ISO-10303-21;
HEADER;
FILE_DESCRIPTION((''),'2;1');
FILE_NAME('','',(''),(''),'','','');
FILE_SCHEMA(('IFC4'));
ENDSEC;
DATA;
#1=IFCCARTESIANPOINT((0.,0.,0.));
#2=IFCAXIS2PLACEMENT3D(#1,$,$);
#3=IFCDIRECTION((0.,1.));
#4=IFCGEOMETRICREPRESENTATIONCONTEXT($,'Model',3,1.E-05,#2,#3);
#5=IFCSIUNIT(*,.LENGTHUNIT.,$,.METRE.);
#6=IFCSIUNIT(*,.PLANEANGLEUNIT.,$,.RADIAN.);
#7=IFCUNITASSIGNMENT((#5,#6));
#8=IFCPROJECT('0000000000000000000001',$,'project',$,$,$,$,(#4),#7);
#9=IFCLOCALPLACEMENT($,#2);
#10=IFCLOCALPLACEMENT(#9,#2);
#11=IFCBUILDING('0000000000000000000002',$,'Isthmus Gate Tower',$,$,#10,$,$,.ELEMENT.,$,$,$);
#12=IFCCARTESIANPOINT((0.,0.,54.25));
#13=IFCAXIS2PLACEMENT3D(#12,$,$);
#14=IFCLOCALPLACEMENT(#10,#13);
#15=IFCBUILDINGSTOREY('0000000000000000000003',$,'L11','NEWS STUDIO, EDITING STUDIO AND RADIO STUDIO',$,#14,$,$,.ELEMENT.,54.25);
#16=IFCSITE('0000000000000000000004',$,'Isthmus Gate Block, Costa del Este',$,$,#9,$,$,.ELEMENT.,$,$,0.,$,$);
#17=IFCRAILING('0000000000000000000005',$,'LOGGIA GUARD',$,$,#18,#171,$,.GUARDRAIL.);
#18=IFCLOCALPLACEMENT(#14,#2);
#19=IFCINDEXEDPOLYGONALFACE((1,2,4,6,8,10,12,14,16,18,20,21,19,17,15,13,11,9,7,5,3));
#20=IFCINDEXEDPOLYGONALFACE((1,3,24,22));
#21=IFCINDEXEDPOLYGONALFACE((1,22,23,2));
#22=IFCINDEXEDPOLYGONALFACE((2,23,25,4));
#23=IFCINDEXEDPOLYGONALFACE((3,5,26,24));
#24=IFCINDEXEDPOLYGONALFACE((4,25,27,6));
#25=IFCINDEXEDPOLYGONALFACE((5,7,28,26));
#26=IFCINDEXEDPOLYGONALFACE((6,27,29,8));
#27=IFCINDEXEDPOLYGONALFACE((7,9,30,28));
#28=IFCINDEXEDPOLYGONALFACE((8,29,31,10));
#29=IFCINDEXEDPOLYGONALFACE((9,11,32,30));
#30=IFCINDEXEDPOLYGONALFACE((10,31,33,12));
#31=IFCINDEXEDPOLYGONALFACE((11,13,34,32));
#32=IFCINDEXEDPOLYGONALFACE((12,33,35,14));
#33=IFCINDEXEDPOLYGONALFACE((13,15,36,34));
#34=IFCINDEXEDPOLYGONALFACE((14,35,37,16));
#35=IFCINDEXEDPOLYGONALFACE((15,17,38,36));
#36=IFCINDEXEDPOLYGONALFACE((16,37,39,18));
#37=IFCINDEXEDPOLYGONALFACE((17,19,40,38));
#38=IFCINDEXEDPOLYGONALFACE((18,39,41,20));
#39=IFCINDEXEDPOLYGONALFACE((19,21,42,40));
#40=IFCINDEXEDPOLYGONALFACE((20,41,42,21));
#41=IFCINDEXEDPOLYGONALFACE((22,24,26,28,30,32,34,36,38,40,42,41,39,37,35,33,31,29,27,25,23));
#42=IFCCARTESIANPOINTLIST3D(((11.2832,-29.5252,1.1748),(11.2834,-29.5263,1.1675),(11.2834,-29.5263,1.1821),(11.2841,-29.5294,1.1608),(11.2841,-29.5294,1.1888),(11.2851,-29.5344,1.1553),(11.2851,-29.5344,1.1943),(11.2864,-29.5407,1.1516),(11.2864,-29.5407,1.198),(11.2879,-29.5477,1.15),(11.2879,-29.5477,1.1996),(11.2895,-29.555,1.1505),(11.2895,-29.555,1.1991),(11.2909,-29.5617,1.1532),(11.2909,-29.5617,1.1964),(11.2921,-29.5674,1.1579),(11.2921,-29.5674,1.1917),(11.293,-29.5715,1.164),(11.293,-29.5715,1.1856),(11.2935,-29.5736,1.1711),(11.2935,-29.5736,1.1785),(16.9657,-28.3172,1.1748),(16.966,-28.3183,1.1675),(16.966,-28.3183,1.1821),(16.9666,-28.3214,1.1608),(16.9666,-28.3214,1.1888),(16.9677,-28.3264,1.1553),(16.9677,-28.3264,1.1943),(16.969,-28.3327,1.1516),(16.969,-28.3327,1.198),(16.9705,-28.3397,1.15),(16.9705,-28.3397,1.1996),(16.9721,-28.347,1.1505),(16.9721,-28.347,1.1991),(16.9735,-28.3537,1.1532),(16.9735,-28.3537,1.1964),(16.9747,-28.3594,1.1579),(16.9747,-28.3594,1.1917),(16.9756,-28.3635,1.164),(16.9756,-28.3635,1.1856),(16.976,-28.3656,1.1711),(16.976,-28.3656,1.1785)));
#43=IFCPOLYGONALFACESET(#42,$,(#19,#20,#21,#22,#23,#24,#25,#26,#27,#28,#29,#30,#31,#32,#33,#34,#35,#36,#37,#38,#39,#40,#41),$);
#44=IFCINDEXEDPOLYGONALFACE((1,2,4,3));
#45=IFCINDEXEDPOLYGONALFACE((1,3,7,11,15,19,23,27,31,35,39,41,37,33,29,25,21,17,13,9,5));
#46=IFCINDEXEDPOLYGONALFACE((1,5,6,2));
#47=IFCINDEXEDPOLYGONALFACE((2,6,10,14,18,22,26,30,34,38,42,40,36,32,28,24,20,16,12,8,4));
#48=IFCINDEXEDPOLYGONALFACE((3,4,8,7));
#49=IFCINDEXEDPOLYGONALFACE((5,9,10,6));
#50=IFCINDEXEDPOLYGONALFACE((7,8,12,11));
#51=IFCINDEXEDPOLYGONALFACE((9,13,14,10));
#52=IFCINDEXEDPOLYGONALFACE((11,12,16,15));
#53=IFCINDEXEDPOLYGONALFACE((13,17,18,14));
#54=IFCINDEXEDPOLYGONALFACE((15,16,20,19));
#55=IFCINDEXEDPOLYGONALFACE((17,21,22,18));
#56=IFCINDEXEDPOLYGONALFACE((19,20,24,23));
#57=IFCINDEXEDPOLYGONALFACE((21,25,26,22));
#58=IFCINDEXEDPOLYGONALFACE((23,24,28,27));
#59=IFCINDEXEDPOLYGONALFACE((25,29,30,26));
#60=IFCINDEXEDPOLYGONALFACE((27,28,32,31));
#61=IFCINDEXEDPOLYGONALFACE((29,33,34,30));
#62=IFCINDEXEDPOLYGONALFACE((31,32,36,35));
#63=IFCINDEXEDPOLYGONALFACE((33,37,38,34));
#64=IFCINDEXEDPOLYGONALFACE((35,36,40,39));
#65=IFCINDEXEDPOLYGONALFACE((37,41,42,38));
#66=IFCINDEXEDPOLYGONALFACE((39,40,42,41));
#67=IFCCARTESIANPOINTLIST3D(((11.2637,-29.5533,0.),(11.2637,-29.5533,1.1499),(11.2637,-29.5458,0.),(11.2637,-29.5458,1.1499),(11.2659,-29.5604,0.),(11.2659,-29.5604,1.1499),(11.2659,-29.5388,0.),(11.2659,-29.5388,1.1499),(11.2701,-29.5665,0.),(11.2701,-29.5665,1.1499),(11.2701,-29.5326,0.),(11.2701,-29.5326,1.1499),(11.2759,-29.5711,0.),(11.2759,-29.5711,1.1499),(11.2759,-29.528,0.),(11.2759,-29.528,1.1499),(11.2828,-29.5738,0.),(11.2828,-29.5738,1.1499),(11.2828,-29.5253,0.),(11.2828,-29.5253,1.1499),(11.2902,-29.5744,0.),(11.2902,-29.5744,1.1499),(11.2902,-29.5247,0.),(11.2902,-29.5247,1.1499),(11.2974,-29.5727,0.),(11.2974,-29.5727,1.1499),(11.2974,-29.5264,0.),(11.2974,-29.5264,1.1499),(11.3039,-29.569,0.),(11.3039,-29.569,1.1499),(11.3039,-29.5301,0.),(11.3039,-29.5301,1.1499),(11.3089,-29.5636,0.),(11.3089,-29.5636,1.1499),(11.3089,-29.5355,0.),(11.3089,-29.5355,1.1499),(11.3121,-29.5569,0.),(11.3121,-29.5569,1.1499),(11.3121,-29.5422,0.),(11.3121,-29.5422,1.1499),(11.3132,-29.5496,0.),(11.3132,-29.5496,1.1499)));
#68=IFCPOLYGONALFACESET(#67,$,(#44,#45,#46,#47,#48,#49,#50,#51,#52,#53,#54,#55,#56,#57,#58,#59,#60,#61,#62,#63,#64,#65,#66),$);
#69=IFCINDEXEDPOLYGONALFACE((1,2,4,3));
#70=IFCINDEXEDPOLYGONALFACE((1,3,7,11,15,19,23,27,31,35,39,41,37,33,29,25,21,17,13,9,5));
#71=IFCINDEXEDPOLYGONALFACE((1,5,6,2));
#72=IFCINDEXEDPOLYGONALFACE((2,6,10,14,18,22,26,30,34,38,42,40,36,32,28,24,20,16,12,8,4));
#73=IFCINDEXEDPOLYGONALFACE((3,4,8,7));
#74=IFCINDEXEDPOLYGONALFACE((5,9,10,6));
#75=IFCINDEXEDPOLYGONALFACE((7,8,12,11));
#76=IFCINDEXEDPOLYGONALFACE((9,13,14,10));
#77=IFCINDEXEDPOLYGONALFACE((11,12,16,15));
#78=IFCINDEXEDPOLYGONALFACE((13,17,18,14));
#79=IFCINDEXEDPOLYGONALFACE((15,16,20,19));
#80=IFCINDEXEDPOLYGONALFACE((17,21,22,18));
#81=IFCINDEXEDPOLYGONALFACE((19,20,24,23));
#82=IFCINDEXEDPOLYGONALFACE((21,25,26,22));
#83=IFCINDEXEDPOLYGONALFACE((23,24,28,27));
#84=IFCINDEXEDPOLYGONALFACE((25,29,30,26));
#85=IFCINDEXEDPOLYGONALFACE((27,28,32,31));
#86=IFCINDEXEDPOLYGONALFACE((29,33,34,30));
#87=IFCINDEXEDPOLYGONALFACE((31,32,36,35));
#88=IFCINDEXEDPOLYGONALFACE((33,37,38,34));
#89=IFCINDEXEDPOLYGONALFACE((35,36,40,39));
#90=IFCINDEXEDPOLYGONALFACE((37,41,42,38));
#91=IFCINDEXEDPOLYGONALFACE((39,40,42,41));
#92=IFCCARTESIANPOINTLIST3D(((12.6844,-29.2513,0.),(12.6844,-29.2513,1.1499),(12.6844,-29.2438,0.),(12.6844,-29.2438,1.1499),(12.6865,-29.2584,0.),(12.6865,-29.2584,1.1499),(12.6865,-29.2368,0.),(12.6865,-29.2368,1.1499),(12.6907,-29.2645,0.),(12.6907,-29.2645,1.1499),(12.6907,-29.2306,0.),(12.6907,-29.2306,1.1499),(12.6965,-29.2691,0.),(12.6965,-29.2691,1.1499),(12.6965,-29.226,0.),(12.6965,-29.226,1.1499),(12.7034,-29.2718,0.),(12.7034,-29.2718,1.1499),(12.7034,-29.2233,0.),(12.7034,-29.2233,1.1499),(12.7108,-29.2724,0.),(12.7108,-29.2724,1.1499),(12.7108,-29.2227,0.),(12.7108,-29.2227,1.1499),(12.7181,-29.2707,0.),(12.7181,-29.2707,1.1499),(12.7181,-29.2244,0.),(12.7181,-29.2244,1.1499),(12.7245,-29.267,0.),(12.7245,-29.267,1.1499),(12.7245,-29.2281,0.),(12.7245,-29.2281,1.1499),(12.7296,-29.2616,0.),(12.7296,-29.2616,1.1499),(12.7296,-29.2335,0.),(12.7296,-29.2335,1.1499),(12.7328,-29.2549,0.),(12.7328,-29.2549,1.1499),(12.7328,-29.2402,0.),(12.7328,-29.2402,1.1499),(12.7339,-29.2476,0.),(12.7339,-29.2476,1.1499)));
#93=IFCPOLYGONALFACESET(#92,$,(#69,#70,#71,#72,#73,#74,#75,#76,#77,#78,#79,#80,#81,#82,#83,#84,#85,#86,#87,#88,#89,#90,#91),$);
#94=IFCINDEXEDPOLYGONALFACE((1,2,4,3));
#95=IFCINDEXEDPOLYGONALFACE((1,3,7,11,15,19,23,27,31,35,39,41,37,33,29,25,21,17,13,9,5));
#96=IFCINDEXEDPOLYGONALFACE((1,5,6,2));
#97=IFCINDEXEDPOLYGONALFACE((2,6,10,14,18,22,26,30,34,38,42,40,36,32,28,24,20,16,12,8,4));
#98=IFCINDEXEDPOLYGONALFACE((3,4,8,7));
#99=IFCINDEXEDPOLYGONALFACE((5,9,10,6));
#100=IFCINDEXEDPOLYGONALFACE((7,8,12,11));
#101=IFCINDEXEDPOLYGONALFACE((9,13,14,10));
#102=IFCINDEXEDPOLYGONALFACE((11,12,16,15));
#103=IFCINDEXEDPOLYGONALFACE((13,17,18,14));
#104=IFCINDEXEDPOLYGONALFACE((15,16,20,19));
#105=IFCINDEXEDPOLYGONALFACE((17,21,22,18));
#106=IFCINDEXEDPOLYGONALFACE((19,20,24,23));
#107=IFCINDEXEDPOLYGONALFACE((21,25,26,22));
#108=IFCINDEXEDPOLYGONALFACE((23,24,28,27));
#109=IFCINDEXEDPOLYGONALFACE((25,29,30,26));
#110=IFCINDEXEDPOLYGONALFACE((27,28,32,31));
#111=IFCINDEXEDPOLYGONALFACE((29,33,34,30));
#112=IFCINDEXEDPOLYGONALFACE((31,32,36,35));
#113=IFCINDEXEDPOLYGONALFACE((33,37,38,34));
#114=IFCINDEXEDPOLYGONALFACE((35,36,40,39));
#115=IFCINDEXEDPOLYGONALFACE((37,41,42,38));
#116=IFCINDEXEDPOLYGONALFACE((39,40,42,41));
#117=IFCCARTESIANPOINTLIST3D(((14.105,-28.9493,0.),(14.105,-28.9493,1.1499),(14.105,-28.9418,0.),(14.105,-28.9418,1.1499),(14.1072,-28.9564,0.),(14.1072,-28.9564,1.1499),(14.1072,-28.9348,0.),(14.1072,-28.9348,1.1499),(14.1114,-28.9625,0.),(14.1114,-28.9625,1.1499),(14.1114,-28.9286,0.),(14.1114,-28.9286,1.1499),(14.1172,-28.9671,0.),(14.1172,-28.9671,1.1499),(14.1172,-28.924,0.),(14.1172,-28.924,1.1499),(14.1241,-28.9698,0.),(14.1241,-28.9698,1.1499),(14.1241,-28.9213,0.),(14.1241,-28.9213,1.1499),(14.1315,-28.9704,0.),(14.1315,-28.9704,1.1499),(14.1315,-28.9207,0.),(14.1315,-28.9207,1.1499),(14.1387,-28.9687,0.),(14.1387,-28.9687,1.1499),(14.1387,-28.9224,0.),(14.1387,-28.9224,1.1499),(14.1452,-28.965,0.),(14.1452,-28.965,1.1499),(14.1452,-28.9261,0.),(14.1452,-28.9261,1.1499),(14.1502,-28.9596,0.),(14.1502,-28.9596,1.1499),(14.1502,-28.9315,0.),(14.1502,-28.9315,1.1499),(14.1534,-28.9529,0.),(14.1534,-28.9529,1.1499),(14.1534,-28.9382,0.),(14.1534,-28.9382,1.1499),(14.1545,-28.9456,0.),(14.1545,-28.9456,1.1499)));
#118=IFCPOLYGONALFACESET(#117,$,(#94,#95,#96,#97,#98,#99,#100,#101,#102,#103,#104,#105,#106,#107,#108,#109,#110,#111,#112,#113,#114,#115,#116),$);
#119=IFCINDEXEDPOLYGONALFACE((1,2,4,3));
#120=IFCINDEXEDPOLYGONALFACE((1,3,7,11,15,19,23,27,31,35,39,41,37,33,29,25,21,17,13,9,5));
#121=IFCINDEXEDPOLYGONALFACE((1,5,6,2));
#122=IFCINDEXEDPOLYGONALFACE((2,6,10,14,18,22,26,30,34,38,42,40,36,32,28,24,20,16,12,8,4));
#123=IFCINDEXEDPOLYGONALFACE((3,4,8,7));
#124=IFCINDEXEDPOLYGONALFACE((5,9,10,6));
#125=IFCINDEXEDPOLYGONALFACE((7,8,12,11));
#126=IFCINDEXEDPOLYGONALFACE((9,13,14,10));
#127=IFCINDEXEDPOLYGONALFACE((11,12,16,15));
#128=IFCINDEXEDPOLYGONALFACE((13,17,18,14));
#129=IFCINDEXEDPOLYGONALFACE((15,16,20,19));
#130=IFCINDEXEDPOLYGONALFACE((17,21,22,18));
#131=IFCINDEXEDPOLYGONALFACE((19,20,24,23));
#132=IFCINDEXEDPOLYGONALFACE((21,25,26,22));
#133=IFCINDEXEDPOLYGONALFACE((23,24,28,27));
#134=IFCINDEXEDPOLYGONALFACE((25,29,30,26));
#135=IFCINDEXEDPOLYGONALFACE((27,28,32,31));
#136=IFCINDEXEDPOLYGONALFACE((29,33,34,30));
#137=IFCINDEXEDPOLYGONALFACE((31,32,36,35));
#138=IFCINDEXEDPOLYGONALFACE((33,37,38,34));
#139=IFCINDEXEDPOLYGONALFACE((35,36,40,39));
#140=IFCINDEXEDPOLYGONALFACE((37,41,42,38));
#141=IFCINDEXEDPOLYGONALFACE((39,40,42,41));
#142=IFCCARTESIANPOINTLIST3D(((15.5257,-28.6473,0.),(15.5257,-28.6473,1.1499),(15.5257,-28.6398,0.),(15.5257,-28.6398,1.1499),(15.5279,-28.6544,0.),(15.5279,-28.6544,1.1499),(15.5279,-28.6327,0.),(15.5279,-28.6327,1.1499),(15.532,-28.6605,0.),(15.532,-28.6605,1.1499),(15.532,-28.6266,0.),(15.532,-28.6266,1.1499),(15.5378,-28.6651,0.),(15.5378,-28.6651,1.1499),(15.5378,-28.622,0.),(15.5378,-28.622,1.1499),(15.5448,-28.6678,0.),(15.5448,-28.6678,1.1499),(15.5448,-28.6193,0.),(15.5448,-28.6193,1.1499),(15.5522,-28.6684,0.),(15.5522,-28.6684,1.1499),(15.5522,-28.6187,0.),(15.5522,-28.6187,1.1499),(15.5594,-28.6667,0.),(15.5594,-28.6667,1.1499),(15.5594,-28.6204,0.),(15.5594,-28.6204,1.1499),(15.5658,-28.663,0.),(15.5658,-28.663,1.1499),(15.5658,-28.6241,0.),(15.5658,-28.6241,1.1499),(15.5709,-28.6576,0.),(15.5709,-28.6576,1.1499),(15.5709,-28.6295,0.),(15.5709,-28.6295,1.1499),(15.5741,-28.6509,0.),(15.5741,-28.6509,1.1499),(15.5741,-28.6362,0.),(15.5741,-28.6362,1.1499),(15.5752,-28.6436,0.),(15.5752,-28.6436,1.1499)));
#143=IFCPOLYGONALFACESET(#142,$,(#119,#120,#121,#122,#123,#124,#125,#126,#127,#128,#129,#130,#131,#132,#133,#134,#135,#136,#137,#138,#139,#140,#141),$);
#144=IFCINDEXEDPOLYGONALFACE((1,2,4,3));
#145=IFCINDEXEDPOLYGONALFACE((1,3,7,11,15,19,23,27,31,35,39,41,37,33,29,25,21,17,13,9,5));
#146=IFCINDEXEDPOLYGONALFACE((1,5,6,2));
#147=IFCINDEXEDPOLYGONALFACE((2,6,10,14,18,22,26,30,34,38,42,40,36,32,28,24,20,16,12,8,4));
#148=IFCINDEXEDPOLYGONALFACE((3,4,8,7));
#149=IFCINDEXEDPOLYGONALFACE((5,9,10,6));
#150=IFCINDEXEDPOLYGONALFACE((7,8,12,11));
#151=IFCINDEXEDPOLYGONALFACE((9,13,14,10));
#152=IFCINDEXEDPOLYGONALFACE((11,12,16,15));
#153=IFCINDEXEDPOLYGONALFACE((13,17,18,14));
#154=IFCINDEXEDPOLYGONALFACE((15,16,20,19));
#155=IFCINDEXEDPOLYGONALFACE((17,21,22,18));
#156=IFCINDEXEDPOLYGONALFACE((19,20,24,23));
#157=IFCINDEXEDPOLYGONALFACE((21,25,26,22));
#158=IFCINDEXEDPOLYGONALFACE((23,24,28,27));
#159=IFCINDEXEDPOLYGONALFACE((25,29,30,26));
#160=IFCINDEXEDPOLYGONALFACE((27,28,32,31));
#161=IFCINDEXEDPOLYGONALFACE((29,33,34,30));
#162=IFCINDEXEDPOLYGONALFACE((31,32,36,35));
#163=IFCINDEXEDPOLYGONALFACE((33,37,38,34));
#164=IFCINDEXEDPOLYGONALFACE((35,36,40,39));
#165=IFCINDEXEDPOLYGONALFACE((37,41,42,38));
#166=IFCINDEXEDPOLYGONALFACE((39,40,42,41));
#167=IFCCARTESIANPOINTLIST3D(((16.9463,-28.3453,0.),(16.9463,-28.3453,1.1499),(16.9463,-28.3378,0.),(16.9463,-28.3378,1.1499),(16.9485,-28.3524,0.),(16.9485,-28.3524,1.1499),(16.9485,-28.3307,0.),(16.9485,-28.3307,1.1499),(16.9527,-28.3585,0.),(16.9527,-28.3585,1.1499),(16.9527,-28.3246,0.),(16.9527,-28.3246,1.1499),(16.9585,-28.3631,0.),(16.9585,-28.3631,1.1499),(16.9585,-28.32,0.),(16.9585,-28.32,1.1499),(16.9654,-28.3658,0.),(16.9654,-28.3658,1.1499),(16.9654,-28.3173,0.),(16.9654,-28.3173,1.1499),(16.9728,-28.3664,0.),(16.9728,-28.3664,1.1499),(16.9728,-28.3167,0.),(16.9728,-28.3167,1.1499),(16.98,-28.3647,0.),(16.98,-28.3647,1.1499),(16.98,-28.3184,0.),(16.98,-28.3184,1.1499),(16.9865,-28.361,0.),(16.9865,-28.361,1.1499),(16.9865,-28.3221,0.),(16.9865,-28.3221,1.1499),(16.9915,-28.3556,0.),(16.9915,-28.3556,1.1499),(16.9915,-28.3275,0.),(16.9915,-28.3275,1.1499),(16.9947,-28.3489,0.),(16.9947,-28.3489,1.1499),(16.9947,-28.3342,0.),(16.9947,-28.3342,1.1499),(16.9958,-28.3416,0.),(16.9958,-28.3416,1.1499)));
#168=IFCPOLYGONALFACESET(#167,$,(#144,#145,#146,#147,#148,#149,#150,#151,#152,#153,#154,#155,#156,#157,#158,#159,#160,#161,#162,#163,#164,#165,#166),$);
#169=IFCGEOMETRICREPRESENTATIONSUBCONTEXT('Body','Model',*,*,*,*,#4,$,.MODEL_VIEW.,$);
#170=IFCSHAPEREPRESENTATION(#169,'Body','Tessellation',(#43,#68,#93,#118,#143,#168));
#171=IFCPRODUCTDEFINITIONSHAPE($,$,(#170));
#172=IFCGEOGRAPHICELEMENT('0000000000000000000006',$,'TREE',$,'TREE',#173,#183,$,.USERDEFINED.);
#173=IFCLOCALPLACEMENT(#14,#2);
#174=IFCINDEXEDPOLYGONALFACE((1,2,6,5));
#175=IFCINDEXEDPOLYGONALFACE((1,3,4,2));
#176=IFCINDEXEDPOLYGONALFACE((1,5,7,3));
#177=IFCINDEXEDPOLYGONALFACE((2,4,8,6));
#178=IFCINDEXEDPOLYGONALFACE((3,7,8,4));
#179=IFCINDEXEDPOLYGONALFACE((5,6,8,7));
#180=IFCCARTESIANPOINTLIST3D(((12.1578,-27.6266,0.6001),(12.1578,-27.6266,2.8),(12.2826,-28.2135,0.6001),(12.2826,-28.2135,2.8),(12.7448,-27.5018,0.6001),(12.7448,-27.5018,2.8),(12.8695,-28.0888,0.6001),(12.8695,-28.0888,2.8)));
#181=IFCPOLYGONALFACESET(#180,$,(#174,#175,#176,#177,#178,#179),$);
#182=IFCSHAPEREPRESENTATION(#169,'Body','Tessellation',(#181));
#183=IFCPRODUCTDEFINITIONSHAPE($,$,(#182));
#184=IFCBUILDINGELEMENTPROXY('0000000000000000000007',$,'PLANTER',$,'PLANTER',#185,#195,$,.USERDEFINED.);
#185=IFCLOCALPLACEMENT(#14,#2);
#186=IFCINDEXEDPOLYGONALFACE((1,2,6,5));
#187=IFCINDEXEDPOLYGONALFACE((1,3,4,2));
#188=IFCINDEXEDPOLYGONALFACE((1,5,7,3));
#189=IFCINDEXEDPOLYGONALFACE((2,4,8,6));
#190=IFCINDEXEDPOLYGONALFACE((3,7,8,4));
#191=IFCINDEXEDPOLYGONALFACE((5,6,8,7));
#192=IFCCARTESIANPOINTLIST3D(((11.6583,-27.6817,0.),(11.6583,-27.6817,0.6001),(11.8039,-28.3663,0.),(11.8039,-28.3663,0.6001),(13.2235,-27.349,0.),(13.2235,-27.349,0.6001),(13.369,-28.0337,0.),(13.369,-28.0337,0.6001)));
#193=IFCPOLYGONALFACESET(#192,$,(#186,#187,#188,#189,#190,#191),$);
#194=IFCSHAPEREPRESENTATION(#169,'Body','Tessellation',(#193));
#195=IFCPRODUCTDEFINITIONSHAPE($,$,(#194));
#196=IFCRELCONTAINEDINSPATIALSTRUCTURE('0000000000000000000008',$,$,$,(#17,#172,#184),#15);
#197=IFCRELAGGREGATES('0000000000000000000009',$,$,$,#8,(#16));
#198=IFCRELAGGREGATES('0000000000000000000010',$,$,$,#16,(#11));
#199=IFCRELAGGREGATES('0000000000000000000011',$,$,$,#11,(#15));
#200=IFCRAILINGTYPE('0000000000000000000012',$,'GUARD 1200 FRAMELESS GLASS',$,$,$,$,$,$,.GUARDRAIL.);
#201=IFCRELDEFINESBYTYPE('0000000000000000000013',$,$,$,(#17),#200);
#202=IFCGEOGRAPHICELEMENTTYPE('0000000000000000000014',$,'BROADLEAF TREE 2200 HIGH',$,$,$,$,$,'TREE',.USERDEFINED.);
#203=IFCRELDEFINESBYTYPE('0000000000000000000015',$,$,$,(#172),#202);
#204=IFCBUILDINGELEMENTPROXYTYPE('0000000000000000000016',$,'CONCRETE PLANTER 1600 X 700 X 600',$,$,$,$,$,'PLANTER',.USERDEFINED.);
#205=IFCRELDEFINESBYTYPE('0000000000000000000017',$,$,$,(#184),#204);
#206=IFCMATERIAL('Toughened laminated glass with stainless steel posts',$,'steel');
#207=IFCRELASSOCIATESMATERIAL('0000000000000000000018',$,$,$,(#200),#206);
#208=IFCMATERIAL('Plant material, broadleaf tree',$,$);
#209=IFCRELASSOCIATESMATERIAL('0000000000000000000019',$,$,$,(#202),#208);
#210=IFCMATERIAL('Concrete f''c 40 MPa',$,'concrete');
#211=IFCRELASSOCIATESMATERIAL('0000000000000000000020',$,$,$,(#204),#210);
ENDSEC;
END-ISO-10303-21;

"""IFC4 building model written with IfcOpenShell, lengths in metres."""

from ifc_helpers import new_model, si_unit, direction, frame, origin, origin_2d, place, context, subcontext, project, spatial, rectangle, circle, extrude, material, type_object, element, save


model = new_model("IFC4")

# Units and contexts
model_context = context("Model", 3, precision=1e-05, world=origin(), true_north=direction((0.0, 1.0)))
body_context = subcontext(model_context, "Body", "Model", "MODEL_VIEW")
ifc_project = project(units=[si_unit("LENGTHUNIT", "METRE"), si_unit("PLANEANGLEUNIT", "RADIAN")], contexts=[model_context])

# Site, building, storey
site_placement = place(None, origin())
site = spatial("IfcSite", under=ifc_project, at=site_placement, Name="Isthmus Gate Block, Costa del Este", CompositionType="ELEMENT", RefElevation=0.0)
building_placement = place(site_placement, origin())
building = spatial("IfcBuilding", under=site, at=building_placement, Name="Isthmus Gate Tower", CompositionType="ELEMENT")
storey_placement = place(building_placement, frame((0.0, 0.0, 54.25)))
storey = spatial("IfcBuildingStorey", under=building, at=storey_placement, Name="L11", Description="NEWS STUDIO, EDITING STUDIO AND RADIO STUDIO", CompositionType="ELEMENT", Elevation=54.25)

# Railing
ifc_material_1 = material(Name="Toughened laminated glass with stainless steel posts", Category="steel")
railing_type_1 = type_object("IfcRailingType", Name="GUARD 1200 FRAMELESS GLASS", PredefinedType="GUARDRAIL", material=ifc_material_1)
railing_1_placement = place(storey_placement, frame((11.2883, -29.5496, 0.0)))
element("IfcRailing", 1, at=railing_1_placement, inside=storey, type_object=railing_type_1, Name="LOGGIA GUARD", PredefinedType="GUARDRAIL", context=body_context, shape_type="SweptSolid", body=[
    extrude(circle(Radius=0.0249, at=origin_2d()), frame((0.0, 0.0, 1.1748), z_axis=(0.978143, 0.207933, 0.0), x_axis=(-0.207933, 0.978143, 0.0)), (0.0, 0.0, 1.0), 5.8096),
    extrude(circle(Radius=0.0249, at=origin_2d()), origin(), (0.0, 0.0, 1.0), 1.1499),
    extrude(circle(Radius=0.0249, at=origin_2d()), frame((1.4207, 0.302, 0.0)), (0.0, 0.0, 1.0), 1.1499),
    extrude(circle(Radius=0.0249, at=origin_2d()), frame((2.8413, 0.604, 0.0)), (0.0, 0.0, 1.0), 1.1499),
    extrude(circle(Radius=0.0249, at=origin_2d()), frame((4.262, 0.906, 0.0)), (0.0, 0.0, 1.0), 1.1499),
    extrude(circle(Radius=0.0249, at=origin_2d()), frame((5.6826, 1.208, 0.0)), (0.0, 0.0, 1.0), 1.1499),
])

# Geographic element
ifc_material_2 = material(Name="Plant material, broadleaf tree")
geographic_element_type = type_object("IfcGeographicElementType", Name="BROADLEAF TREE 2200 HIGH", ElementType="TREE", PredefinedType="USERDEFINED", material=ifc_material_2)
geographic_element_placement = place(storey_placement, frame((12.5137, -27.8577, 0.6001), z_axis=(0.0, 0.0, 1.0), x_axis=(0.978148, 0.207912, 0.0)))
element("IfcGeographicElement", 2, at=geographic_element_placement, inside=storey, type_object=geographic_element_type, Name="TREE", ObjectType="TREE", PredefinedType="USERDEFINED", context=body_context, shape_type="SweptSolid", body=[
    extrude(rectangle(XDim=0.6001, YDim=0.6001, at=origin_2d()), origin(), (0.0, 0.0, 1.0), 2.2),
])

# Building element proxy
ifc_material_3 = material(Name="Concrete f'c 40 MPa", Category="concrete")
building_element_proxy_type = type_object("IfcBuildingElementProxyType", Name="CONCRETE PLANTER 1600 X 700 X 600", ElementType="PLANTER", PredefinedType="USERDEFINED", material=ifc_material_3)
proxy_placement = place(storey_placement, frame((12.5137, -27.8577, 0.0), z_axis=(0.0, 0.0, 1.0), x_axis=(0.978148, 0.207912, 0.0)))
element("IfcBuildingElementProxy", 3, at=proxy_placement, inside=storey, type_object=building_element_proxy_type, Name="PLANTER", ObjectType="PLANTER", PredefinedType="USERDEFINED", context=body_context, shape_type="SweptSolid", body=[
    extrude(rectangle(XDim=1.6001, YDim=0.7, at=origin_2d()), origin(), (0.0, 0.0, 1.0), 0.6001),
])

save(model, "model.ifc")
